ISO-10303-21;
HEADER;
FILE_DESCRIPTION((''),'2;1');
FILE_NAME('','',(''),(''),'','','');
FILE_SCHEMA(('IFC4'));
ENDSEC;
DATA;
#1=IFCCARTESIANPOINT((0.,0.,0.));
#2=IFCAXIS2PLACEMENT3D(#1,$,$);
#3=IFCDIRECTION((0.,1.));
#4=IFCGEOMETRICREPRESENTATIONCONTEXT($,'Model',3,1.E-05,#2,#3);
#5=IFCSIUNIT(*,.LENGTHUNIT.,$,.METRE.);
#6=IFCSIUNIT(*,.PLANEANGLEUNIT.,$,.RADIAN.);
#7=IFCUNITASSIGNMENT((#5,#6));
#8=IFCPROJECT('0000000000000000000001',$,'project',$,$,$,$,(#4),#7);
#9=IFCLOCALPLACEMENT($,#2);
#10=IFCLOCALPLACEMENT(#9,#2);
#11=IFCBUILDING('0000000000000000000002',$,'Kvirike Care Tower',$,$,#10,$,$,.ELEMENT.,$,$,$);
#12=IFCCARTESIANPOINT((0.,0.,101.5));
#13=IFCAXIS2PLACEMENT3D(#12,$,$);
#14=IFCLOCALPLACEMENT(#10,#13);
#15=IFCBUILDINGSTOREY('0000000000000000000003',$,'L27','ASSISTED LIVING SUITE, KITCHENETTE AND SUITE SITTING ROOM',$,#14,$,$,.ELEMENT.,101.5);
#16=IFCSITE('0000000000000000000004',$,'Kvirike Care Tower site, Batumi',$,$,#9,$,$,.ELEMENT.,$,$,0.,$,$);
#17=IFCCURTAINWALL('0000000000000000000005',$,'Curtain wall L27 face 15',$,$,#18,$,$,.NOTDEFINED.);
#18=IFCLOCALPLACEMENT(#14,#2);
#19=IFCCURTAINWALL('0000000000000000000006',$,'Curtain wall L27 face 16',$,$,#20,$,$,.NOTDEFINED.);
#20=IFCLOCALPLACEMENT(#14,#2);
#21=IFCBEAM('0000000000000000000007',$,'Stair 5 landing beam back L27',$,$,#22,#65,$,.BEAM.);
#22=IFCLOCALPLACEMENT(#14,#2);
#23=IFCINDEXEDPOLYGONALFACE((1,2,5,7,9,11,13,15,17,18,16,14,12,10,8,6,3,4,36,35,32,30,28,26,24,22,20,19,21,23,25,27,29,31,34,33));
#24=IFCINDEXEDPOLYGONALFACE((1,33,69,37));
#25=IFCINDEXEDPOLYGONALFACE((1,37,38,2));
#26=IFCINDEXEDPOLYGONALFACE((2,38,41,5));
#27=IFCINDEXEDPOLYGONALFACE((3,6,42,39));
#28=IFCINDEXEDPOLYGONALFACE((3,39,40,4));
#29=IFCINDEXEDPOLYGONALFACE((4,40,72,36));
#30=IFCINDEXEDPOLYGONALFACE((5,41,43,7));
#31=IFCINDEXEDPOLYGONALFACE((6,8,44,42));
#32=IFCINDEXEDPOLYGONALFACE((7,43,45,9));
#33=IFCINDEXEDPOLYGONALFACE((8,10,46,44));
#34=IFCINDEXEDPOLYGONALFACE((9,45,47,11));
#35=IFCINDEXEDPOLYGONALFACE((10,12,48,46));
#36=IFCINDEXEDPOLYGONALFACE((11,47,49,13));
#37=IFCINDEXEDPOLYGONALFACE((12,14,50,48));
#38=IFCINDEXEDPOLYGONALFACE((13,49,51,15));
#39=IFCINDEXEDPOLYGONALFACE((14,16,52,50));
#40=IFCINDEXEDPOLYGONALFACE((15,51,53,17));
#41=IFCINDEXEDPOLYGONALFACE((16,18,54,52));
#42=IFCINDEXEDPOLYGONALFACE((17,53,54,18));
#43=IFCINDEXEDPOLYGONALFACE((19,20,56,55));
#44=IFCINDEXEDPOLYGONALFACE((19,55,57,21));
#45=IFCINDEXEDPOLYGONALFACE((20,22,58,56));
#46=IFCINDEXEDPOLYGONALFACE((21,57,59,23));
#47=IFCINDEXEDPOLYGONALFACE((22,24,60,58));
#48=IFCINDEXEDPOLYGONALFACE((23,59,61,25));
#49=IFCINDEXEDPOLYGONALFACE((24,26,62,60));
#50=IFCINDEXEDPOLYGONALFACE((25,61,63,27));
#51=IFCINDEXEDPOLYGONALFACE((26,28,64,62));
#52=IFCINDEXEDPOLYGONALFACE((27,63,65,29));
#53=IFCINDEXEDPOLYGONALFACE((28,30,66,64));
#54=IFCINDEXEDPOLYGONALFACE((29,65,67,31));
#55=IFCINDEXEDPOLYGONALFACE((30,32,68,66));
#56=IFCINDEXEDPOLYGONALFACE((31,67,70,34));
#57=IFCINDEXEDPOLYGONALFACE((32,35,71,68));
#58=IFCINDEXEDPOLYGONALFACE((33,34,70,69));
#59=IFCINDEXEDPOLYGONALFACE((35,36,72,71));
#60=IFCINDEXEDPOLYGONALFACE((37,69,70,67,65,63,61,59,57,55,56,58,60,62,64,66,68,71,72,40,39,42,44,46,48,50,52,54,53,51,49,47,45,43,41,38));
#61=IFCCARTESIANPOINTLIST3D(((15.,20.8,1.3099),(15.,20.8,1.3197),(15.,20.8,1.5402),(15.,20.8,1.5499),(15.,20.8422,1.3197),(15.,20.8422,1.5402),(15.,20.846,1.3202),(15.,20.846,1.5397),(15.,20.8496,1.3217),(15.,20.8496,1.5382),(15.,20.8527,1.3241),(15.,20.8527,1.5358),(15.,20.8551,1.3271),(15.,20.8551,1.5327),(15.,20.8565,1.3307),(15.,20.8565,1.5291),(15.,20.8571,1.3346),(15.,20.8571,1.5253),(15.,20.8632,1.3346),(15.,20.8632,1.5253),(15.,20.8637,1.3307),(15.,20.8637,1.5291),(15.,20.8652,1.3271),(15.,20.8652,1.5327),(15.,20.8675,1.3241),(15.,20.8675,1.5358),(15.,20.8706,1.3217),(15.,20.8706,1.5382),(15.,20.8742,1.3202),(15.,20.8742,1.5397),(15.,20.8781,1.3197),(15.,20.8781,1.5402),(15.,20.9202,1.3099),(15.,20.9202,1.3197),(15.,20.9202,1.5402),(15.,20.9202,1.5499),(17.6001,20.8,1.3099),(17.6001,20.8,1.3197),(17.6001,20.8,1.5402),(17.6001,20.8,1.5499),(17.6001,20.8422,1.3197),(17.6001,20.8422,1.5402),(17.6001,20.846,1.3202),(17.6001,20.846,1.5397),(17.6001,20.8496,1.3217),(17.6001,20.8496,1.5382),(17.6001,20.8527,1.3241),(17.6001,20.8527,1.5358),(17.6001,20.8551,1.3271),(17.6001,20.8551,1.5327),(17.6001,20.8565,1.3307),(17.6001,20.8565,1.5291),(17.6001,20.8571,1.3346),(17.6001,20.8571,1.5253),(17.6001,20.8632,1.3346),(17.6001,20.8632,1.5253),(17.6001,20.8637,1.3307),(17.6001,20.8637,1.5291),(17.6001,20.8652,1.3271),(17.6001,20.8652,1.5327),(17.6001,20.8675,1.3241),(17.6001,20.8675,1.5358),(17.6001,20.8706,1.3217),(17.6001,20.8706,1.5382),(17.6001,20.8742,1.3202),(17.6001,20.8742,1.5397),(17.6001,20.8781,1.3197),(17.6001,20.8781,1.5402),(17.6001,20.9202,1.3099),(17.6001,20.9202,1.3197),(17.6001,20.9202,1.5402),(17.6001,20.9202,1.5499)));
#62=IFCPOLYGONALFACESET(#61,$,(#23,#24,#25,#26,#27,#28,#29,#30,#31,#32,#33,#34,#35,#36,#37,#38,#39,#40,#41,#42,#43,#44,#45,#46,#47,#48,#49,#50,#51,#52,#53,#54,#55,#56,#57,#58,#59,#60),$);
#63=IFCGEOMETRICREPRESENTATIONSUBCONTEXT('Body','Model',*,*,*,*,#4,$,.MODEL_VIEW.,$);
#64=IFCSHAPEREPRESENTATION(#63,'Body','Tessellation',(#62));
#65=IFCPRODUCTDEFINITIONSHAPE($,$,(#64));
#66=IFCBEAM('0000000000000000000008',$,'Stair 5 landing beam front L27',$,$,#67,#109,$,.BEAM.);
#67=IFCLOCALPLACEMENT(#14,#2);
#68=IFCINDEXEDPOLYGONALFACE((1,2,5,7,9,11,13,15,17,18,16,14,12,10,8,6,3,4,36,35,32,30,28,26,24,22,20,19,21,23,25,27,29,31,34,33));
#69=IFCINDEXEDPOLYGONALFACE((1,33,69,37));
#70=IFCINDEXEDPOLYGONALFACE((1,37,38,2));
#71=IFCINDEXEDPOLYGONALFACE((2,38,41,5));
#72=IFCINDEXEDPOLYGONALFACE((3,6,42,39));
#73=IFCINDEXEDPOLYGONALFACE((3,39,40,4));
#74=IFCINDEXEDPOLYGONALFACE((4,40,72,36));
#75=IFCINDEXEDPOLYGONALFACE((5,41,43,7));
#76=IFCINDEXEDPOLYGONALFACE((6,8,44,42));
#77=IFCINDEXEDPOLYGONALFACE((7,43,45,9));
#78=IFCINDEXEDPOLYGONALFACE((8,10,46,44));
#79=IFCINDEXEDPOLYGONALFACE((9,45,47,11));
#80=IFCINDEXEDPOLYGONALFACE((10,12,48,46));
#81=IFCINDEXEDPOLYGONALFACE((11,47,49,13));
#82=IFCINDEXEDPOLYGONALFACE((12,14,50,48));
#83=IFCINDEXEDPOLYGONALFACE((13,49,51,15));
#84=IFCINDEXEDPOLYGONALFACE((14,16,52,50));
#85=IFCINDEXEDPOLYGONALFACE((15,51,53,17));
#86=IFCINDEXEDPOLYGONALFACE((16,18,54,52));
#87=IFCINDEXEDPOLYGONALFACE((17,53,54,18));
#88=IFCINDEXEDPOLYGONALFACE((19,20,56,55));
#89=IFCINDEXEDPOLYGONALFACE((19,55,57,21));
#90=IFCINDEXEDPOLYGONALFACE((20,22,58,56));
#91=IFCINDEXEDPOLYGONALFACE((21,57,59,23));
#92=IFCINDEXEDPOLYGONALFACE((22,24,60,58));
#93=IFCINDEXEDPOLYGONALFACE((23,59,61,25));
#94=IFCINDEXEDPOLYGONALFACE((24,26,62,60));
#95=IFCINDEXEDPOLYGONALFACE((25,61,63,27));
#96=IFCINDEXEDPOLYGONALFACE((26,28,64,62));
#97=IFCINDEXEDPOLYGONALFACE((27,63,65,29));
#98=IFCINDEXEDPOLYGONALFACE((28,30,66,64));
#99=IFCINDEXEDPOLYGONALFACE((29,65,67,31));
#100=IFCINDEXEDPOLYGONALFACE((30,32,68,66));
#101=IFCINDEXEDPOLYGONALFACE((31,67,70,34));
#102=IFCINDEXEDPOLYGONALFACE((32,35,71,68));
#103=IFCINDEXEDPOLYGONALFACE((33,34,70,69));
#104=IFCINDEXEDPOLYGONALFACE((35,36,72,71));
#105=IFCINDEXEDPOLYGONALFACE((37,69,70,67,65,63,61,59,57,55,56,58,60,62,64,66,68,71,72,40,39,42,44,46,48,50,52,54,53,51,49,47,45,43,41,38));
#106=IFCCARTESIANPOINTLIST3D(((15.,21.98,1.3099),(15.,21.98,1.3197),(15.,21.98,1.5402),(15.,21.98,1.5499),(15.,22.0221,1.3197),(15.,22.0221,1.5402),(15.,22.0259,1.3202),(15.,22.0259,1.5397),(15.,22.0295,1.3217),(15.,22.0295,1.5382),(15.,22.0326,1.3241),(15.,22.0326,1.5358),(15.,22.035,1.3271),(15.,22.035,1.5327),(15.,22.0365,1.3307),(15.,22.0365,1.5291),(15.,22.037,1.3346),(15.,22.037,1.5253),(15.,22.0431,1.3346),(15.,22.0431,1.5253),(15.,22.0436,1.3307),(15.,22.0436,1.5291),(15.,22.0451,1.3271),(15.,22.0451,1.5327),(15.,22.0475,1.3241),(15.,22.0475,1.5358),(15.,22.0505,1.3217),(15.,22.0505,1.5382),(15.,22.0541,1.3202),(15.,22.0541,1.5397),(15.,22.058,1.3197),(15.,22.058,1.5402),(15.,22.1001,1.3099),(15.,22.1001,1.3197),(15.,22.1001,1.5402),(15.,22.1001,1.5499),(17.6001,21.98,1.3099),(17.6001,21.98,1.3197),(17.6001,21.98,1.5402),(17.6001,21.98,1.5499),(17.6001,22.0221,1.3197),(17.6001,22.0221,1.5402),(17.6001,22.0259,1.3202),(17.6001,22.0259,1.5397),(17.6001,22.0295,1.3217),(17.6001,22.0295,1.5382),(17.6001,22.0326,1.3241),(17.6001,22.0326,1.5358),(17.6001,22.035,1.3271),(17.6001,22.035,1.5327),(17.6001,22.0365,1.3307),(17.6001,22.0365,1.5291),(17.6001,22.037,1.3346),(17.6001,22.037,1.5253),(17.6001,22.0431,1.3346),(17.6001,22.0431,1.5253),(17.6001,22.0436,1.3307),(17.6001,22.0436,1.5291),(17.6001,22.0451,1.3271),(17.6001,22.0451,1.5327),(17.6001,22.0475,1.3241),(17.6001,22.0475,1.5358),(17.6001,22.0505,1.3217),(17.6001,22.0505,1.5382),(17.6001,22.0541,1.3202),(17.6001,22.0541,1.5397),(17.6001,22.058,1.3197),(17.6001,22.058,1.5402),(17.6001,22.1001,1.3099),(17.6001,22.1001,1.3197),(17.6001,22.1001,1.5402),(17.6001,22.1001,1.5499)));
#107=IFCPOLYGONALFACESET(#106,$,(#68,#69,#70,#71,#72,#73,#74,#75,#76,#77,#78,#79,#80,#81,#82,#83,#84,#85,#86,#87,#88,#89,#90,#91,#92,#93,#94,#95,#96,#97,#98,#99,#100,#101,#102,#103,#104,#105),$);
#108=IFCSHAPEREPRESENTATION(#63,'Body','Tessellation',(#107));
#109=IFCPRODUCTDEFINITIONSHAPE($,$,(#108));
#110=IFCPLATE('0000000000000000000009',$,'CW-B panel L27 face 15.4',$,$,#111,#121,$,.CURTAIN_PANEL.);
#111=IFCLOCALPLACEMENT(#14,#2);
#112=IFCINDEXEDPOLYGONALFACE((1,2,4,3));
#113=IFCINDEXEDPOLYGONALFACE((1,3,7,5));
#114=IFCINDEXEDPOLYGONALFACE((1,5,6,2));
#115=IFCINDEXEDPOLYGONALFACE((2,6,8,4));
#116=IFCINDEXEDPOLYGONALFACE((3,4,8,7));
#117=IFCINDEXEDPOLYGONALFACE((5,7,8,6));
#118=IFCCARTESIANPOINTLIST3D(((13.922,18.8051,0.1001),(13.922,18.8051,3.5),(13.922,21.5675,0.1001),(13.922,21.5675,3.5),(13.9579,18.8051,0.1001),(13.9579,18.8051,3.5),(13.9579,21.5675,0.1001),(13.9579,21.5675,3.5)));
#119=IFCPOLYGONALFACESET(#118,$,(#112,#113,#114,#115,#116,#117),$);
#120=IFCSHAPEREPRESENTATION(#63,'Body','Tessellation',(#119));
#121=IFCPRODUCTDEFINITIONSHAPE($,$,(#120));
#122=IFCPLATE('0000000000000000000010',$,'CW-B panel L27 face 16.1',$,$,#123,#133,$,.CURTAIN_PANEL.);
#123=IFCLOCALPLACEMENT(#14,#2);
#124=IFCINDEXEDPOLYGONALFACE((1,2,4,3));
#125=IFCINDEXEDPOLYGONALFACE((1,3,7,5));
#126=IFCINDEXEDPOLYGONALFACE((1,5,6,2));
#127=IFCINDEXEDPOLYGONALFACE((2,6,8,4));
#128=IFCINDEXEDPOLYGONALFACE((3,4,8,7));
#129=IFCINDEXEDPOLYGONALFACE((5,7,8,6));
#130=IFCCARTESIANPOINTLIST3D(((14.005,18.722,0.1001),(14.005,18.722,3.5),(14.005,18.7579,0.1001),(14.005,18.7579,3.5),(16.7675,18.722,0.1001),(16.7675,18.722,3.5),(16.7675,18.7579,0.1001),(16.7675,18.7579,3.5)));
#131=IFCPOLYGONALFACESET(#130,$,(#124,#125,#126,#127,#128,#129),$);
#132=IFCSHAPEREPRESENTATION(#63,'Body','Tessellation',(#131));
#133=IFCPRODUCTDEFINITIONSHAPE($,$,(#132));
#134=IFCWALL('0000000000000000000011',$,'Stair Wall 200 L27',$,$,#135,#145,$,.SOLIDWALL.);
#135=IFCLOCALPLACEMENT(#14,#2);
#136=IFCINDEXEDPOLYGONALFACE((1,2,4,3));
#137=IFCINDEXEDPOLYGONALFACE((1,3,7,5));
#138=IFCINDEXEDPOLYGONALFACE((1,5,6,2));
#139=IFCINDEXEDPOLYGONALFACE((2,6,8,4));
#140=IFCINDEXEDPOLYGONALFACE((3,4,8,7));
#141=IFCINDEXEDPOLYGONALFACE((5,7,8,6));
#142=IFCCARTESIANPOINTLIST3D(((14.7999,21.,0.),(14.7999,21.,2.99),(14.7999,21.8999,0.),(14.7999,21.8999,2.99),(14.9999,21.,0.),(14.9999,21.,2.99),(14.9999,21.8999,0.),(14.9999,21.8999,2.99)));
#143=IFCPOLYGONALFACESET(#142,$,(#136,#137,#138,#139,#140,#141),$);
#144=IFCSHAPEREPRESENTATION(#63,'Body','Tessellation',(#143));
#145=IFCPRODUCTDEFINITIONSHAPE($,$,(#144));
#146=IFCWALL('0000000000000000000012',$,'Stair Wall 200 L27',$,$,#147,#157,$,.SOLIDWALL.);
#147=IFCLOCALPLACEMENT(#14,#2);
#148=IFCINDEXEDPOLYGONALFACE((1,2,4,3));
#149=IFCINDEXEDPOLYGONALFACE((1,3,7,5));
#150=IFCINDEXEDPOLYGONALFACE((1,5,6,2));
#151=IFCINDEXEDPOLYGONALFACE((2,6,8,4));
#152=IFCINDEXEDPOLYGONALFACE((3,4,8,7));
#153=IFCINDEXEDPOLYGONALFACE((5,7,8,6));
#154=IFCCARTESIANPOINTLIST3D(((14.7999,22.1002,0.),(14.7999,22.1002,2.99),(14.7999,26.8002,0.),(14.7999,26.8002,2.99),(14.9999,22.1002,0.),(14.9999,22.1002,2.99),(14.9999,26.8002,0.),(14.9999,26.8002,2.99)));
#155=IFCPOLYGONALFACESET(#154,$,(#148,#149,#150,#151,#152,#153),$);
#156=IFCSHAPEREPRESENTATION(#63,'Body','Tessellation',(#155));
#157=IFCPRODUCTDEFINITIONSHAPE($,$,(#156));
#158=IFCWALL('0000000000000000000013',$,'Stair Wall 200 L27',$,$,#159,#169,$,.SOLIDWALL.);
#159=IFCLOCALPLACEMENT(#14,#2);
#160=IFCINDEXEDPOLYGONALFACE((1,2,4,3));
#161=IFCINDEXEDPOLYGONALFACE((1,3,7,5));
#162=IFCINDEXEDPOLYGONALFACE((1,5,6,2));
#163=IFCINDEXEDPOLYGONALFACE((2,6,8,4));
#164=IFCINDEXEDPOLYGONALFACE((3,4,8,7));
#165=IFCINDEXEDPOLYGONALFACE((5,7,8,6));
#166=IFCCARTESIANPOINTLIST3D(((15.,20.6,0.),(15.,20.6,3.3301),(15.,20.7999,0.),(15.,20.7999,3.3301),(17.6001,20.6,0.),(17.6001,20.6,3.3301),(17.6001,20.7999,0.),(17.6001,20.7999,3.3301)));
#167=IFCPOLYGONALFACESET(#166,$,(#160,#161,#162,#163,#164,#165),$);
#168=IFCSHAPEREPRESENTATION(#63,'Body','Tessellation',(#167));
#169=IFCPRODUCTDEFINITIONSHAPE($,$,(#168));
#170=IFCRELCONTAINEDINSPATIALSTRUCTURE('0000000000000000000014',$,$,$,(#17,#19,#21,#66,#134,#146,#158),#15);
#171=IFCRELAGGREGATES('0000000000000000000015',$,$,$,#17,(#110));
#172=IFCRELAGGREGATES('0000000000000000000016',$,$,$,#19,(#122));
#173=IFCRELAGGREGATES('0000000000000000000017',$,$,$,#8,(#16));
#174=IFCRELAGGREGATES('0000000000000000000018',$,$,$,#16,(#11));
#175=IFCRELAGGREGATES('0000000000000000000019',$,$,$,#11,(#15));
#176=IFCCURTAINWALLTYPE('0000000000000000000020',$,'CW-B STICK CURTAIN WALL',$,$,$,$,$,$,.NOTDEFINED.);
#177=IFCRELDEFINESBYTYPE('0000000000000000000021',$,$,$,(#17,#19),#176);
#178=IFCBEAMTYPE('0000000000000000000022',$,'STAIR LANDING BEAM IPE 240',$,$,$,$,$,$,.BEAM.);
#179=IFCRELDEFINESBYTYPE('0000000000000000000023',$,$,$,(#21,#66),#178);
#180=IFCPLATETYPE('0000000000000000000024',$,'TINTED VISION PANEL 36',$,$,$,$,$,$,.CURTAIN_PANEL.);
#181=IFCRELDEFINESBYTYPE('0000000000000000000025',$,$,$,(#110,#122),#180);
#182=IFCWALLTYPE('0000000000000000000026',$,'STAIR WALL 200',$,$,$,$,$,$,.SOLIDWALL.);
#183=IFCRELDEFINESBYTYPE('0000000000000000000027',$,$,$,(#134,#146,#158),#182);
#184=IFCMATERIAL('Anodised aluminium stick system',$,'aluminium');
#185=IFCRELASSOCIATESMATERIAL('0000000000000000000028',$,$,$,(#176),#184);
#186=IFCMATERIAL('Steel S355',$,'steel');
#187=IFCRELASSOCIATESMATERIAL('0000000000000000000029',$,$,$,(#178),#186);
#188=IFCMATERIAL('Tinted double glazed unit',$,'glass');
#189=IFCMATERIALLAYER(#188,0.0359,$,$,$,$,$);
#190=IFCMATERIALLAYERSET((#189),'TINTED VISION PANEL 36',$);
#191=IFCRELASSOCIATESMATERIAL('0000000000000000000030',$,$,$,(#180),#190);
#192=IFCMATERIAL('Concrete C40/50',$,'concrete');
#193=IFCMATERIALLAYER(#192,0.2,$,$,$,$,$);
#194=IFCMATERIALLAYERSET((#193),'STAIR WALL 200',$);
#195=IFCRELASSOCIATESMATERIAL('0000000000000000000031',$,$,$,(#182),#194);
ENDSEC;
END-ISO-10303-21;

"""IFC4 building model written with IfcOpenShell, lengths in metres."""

from ifc_helpers import new_model, si_unit, direction, frame, frame_2d, origin, origin_2d, place, context, subcontext, project, spatial, rectangle, i_section, extrude, material, layer, layer_set, material_profile, profile_set, type_object, element, aggregate, save


model = new_model("IFC4")

# Units and contexts
model_context = context("Model", 3, precision=1e-05, world=origin(), true_north=direction((0.0, 1.0)))
body_context = subcontext(model_context, "Body", "Model", "MODEL_VIEW")
ifc_project = project(units=[si_unit("LENGTHUNIT", "METRE"), si_unit("PLANEANGLEUNIT", "RADIAN")], contexts=[model_context])

# Site, building, storey
site_placement = place(None, origin())
site = spatial("IfcSite", under=ifc_project, at=site_placement, Name="Kvirike Care Tower site, Batumi", CompositionType="ELEMENT", RefElevation=0.0)
building_placement = place(site_placement, origin())
building = spatial("IfcBuilding", under=site, at=building_placement, Name="Kvirike Care Tower", CompositionType="ELEMENT")
storey_placement = place(building_placement, frame((0.0, 0.0, 101.5)))
storey = spatial("IfcBuildingStorey", under=building, at=storey_placement, Name="L27", Description="ASSISTED LIVING SUITE, KITCHENETTE AND SUITE SITTING ROOM", CompositionType="ELEMENT", Elevation=101.5)

# Curtain wall
ifc_material_1 = material(Name="Anodised aluminium stick system", Category="aluminium")
curtain_wall_type = type_object("IfcCurtainWallType", Name="CW-B STICK CURTAIN WALL", PredefinedType="NOTDEFINED", material=ifc_material_1)
curtain_wall_1_placement = place(storey_placement, origin())
curtain_wall_1 = element("IfcCurtainWall", 1, at=curtain_wall_1_placement, inside=storey, type_object=curtain_wall_type, Name="Curtain wall L27 face 15", PredefinedType="NOTDEFINED")

# Curtain wall
curtain_wall_2_placement = place(storey_placement, origin())
curtain_wall_2 = element("IfcCurtainWall", 2, at=curtain_wall_2_placement, inside=storey, type_object=curtain_wall_type, Name="Curtain wall L27 face 16", PredefinedType="NOTDEFINED")

# Beams
ifc_material_2 = material(Name="Steel S355", Category="steel")
ifc_material_profile_1 = material_profile(ifc_material_2, i_section(OverallWidth=0.1201, OverallDepth=0.24, WebThickness=0.0061, FlangeThickness=0.0098, FilletRadius=0.0149, at=origin_2d()), Name="IPE 240")
ifc_profile_set_1 = profile_set([ifc_material_profile_1], Name="Steel S355")
beam_type_1 = type_object("IfcBeamType", Name="STAIR LANDING BEAM IPE 240", PredefinedType="BEAM", material=ifc_profile_set_1)
for number, where, z_axis, x_axis, name in (
    (3, (15.0, 20.8601, 1.4299), (1.0, 0.0, 0.0), (0.0, 1.0, 0.0), "Stair 5 landing beam back L27"),
    (4, (15.0, 22.04, 1.4299), (1.0, 0.0, 0.0), (0.0, 1.0, 0.0), "Stair 5 landing beam front L27"),
):
    element("IfcBeam", number, at=place(storey_placement, frame(where, z_axis=z_axis, x_axis=x_axis)), inside=storey, type_object=beam_type_1, Name=name, PredefinedType="BEAM", context=body_context, shape_type="SweptSolid", body=[
        extrude(i_section(OverallWidth=0.1201, OverallDepth=0.24, WebThickness=0.0061, FlangeThickness=0.0098, FilletRadius=0.0149, at=origin_2d()), origin(), (0.0, 0.0, 1.0), 2.6001),
    ])

# Plates
ifc_material_3 = material(Name="Tinted double glazed unit", Category="glass")
ifc_layer_1 = layer(ifc_material_3, 0.0359)
ifc_layer_set_1 = layer_set([ifc_layer_1], Name="TINTED VISION PANEL 36")
plate_type = type_object("IfcPlateType", Name="TINTED VISION PANEL 36", PredefinedType="CURTAIN_PANEL", material=ifc_layer_set_1)
plate_1_placement = place(storey_placement, frame((13.9399, 20.1863, 0.1001), z_axis=(0.0, 0.0, 1.0), x_axis=(0.0, -1.0, 0.0)))
plate_1 = element("IfcPlate", 5, at=plate_1_placement, type_object=plate_type, Name="CW-B panel L27 face 15.4", PredefinedType="CURTAIN_PANEL", context=body_context, shape_type="SweptSolid", body=[
    extrude(rectangle(XDim=2.7625, YDim=0.0359, at=origin_2d()), origin(), (0.0, 0.0, 1.0), 3.3999),
])
aggregate(curtain_wall_1, [plate_1])
plate_2_placement = place(storey_placement, frame((15.3862, 18.74, 0.1001), z_axis=(0.0, 0.0, 1.0), x_axis=(1.0, 0.0, 0.0)))
plate_2 = element("IfcPlate", 6, at=plate_2_placement, type_object=plate_type, Name="CW-B panel L27 face 16.1", PredefinedType="CURTAIN_PANEL", context=body_context, shape_type="SweptSolid", body=[
    extrude(rectangle(XDim=2.7625, YDim=0.0359, at=origin_2d()), origin(), (0.0, 0.0, 1.0), 3.3999),
])
aggregate(curtain_wall_2, [plate_2])

# Walls
ifc_material_4 = material(Name="Concrete C40/50", Category="concrete")
ifc_layer_2 = layer(ifc_material_4, 0.2)
ifc_layer_set_2 = layer_set([ifc_layer_2], Name="STAIR WALL 200")
wall_type = type_object("IfcWallType", Name="STAIR WALL 200", PredefinedType="SOLIDWALL", material=ifc_layer_set_2)
wall_1_placement = place(storey_placement, frame((14.8999, 21.0, 0.0), z_axis=(0.0, 0.0, 1.0), x_axis=(0.0, 1.0, 0.0)))
element("IfcWall", 7, at=wall_1_placement, inside=storey, type_object=wall_type, Name="Stair Wall 200 L27", PredefinedType="SOLIDWALL", context=body_context, shape_type="SweptSolid", body=[
    extrude(rectangle(XDim=0.8999, YDim=0.2, at=frame_2d((0.45, 0.0))), origin(), (0.0, 0.0, 1.0), 2.99),
])
wall_2_placement = place(storey_placement, frame((14.8999, 22.1001, 0.0), z_axis=(0.0, 0.0, 1.0), x_axis=(0.0, 1.0, 0.0)))
element("IfcWall", 8, at=wall_2_placement, inside=storey, type_object=wall_type, Name="Stair Wall 200 L27", PredefinedType="SOLIDWALL", context=body_context, shape_type="SweptSolid", body=[
    extrude(rectangle(XDim=4.7, YDim=0.2, at=frame_2d((2.3501, 0.0))), origin(), (0.0, 0.0, 1.0), 2.99),
])
wall_3_placement = place(storey_placement, frame((15.0, 20.7, 0.0), z_axis=(0.0, 0.0, 1.0), x_axis=(1.0, 0.0, 0.0)))
element("IfcWall", 9, at=wall_3_placement, inside=storey, type_object=wall_type, Name="Stair Wall 200 L27", PredefinedType="SOLIDWALL", context=body_context, shape_type="SweptSolid", body=[
    extrude(rectangle(XDim=2.6001, YDim=0.2, at=frame_2d((1.3, 0.0))), origin(), (0.0, 0.0, 1.0), 3.3301),
])

save(model, "model.ifc")
